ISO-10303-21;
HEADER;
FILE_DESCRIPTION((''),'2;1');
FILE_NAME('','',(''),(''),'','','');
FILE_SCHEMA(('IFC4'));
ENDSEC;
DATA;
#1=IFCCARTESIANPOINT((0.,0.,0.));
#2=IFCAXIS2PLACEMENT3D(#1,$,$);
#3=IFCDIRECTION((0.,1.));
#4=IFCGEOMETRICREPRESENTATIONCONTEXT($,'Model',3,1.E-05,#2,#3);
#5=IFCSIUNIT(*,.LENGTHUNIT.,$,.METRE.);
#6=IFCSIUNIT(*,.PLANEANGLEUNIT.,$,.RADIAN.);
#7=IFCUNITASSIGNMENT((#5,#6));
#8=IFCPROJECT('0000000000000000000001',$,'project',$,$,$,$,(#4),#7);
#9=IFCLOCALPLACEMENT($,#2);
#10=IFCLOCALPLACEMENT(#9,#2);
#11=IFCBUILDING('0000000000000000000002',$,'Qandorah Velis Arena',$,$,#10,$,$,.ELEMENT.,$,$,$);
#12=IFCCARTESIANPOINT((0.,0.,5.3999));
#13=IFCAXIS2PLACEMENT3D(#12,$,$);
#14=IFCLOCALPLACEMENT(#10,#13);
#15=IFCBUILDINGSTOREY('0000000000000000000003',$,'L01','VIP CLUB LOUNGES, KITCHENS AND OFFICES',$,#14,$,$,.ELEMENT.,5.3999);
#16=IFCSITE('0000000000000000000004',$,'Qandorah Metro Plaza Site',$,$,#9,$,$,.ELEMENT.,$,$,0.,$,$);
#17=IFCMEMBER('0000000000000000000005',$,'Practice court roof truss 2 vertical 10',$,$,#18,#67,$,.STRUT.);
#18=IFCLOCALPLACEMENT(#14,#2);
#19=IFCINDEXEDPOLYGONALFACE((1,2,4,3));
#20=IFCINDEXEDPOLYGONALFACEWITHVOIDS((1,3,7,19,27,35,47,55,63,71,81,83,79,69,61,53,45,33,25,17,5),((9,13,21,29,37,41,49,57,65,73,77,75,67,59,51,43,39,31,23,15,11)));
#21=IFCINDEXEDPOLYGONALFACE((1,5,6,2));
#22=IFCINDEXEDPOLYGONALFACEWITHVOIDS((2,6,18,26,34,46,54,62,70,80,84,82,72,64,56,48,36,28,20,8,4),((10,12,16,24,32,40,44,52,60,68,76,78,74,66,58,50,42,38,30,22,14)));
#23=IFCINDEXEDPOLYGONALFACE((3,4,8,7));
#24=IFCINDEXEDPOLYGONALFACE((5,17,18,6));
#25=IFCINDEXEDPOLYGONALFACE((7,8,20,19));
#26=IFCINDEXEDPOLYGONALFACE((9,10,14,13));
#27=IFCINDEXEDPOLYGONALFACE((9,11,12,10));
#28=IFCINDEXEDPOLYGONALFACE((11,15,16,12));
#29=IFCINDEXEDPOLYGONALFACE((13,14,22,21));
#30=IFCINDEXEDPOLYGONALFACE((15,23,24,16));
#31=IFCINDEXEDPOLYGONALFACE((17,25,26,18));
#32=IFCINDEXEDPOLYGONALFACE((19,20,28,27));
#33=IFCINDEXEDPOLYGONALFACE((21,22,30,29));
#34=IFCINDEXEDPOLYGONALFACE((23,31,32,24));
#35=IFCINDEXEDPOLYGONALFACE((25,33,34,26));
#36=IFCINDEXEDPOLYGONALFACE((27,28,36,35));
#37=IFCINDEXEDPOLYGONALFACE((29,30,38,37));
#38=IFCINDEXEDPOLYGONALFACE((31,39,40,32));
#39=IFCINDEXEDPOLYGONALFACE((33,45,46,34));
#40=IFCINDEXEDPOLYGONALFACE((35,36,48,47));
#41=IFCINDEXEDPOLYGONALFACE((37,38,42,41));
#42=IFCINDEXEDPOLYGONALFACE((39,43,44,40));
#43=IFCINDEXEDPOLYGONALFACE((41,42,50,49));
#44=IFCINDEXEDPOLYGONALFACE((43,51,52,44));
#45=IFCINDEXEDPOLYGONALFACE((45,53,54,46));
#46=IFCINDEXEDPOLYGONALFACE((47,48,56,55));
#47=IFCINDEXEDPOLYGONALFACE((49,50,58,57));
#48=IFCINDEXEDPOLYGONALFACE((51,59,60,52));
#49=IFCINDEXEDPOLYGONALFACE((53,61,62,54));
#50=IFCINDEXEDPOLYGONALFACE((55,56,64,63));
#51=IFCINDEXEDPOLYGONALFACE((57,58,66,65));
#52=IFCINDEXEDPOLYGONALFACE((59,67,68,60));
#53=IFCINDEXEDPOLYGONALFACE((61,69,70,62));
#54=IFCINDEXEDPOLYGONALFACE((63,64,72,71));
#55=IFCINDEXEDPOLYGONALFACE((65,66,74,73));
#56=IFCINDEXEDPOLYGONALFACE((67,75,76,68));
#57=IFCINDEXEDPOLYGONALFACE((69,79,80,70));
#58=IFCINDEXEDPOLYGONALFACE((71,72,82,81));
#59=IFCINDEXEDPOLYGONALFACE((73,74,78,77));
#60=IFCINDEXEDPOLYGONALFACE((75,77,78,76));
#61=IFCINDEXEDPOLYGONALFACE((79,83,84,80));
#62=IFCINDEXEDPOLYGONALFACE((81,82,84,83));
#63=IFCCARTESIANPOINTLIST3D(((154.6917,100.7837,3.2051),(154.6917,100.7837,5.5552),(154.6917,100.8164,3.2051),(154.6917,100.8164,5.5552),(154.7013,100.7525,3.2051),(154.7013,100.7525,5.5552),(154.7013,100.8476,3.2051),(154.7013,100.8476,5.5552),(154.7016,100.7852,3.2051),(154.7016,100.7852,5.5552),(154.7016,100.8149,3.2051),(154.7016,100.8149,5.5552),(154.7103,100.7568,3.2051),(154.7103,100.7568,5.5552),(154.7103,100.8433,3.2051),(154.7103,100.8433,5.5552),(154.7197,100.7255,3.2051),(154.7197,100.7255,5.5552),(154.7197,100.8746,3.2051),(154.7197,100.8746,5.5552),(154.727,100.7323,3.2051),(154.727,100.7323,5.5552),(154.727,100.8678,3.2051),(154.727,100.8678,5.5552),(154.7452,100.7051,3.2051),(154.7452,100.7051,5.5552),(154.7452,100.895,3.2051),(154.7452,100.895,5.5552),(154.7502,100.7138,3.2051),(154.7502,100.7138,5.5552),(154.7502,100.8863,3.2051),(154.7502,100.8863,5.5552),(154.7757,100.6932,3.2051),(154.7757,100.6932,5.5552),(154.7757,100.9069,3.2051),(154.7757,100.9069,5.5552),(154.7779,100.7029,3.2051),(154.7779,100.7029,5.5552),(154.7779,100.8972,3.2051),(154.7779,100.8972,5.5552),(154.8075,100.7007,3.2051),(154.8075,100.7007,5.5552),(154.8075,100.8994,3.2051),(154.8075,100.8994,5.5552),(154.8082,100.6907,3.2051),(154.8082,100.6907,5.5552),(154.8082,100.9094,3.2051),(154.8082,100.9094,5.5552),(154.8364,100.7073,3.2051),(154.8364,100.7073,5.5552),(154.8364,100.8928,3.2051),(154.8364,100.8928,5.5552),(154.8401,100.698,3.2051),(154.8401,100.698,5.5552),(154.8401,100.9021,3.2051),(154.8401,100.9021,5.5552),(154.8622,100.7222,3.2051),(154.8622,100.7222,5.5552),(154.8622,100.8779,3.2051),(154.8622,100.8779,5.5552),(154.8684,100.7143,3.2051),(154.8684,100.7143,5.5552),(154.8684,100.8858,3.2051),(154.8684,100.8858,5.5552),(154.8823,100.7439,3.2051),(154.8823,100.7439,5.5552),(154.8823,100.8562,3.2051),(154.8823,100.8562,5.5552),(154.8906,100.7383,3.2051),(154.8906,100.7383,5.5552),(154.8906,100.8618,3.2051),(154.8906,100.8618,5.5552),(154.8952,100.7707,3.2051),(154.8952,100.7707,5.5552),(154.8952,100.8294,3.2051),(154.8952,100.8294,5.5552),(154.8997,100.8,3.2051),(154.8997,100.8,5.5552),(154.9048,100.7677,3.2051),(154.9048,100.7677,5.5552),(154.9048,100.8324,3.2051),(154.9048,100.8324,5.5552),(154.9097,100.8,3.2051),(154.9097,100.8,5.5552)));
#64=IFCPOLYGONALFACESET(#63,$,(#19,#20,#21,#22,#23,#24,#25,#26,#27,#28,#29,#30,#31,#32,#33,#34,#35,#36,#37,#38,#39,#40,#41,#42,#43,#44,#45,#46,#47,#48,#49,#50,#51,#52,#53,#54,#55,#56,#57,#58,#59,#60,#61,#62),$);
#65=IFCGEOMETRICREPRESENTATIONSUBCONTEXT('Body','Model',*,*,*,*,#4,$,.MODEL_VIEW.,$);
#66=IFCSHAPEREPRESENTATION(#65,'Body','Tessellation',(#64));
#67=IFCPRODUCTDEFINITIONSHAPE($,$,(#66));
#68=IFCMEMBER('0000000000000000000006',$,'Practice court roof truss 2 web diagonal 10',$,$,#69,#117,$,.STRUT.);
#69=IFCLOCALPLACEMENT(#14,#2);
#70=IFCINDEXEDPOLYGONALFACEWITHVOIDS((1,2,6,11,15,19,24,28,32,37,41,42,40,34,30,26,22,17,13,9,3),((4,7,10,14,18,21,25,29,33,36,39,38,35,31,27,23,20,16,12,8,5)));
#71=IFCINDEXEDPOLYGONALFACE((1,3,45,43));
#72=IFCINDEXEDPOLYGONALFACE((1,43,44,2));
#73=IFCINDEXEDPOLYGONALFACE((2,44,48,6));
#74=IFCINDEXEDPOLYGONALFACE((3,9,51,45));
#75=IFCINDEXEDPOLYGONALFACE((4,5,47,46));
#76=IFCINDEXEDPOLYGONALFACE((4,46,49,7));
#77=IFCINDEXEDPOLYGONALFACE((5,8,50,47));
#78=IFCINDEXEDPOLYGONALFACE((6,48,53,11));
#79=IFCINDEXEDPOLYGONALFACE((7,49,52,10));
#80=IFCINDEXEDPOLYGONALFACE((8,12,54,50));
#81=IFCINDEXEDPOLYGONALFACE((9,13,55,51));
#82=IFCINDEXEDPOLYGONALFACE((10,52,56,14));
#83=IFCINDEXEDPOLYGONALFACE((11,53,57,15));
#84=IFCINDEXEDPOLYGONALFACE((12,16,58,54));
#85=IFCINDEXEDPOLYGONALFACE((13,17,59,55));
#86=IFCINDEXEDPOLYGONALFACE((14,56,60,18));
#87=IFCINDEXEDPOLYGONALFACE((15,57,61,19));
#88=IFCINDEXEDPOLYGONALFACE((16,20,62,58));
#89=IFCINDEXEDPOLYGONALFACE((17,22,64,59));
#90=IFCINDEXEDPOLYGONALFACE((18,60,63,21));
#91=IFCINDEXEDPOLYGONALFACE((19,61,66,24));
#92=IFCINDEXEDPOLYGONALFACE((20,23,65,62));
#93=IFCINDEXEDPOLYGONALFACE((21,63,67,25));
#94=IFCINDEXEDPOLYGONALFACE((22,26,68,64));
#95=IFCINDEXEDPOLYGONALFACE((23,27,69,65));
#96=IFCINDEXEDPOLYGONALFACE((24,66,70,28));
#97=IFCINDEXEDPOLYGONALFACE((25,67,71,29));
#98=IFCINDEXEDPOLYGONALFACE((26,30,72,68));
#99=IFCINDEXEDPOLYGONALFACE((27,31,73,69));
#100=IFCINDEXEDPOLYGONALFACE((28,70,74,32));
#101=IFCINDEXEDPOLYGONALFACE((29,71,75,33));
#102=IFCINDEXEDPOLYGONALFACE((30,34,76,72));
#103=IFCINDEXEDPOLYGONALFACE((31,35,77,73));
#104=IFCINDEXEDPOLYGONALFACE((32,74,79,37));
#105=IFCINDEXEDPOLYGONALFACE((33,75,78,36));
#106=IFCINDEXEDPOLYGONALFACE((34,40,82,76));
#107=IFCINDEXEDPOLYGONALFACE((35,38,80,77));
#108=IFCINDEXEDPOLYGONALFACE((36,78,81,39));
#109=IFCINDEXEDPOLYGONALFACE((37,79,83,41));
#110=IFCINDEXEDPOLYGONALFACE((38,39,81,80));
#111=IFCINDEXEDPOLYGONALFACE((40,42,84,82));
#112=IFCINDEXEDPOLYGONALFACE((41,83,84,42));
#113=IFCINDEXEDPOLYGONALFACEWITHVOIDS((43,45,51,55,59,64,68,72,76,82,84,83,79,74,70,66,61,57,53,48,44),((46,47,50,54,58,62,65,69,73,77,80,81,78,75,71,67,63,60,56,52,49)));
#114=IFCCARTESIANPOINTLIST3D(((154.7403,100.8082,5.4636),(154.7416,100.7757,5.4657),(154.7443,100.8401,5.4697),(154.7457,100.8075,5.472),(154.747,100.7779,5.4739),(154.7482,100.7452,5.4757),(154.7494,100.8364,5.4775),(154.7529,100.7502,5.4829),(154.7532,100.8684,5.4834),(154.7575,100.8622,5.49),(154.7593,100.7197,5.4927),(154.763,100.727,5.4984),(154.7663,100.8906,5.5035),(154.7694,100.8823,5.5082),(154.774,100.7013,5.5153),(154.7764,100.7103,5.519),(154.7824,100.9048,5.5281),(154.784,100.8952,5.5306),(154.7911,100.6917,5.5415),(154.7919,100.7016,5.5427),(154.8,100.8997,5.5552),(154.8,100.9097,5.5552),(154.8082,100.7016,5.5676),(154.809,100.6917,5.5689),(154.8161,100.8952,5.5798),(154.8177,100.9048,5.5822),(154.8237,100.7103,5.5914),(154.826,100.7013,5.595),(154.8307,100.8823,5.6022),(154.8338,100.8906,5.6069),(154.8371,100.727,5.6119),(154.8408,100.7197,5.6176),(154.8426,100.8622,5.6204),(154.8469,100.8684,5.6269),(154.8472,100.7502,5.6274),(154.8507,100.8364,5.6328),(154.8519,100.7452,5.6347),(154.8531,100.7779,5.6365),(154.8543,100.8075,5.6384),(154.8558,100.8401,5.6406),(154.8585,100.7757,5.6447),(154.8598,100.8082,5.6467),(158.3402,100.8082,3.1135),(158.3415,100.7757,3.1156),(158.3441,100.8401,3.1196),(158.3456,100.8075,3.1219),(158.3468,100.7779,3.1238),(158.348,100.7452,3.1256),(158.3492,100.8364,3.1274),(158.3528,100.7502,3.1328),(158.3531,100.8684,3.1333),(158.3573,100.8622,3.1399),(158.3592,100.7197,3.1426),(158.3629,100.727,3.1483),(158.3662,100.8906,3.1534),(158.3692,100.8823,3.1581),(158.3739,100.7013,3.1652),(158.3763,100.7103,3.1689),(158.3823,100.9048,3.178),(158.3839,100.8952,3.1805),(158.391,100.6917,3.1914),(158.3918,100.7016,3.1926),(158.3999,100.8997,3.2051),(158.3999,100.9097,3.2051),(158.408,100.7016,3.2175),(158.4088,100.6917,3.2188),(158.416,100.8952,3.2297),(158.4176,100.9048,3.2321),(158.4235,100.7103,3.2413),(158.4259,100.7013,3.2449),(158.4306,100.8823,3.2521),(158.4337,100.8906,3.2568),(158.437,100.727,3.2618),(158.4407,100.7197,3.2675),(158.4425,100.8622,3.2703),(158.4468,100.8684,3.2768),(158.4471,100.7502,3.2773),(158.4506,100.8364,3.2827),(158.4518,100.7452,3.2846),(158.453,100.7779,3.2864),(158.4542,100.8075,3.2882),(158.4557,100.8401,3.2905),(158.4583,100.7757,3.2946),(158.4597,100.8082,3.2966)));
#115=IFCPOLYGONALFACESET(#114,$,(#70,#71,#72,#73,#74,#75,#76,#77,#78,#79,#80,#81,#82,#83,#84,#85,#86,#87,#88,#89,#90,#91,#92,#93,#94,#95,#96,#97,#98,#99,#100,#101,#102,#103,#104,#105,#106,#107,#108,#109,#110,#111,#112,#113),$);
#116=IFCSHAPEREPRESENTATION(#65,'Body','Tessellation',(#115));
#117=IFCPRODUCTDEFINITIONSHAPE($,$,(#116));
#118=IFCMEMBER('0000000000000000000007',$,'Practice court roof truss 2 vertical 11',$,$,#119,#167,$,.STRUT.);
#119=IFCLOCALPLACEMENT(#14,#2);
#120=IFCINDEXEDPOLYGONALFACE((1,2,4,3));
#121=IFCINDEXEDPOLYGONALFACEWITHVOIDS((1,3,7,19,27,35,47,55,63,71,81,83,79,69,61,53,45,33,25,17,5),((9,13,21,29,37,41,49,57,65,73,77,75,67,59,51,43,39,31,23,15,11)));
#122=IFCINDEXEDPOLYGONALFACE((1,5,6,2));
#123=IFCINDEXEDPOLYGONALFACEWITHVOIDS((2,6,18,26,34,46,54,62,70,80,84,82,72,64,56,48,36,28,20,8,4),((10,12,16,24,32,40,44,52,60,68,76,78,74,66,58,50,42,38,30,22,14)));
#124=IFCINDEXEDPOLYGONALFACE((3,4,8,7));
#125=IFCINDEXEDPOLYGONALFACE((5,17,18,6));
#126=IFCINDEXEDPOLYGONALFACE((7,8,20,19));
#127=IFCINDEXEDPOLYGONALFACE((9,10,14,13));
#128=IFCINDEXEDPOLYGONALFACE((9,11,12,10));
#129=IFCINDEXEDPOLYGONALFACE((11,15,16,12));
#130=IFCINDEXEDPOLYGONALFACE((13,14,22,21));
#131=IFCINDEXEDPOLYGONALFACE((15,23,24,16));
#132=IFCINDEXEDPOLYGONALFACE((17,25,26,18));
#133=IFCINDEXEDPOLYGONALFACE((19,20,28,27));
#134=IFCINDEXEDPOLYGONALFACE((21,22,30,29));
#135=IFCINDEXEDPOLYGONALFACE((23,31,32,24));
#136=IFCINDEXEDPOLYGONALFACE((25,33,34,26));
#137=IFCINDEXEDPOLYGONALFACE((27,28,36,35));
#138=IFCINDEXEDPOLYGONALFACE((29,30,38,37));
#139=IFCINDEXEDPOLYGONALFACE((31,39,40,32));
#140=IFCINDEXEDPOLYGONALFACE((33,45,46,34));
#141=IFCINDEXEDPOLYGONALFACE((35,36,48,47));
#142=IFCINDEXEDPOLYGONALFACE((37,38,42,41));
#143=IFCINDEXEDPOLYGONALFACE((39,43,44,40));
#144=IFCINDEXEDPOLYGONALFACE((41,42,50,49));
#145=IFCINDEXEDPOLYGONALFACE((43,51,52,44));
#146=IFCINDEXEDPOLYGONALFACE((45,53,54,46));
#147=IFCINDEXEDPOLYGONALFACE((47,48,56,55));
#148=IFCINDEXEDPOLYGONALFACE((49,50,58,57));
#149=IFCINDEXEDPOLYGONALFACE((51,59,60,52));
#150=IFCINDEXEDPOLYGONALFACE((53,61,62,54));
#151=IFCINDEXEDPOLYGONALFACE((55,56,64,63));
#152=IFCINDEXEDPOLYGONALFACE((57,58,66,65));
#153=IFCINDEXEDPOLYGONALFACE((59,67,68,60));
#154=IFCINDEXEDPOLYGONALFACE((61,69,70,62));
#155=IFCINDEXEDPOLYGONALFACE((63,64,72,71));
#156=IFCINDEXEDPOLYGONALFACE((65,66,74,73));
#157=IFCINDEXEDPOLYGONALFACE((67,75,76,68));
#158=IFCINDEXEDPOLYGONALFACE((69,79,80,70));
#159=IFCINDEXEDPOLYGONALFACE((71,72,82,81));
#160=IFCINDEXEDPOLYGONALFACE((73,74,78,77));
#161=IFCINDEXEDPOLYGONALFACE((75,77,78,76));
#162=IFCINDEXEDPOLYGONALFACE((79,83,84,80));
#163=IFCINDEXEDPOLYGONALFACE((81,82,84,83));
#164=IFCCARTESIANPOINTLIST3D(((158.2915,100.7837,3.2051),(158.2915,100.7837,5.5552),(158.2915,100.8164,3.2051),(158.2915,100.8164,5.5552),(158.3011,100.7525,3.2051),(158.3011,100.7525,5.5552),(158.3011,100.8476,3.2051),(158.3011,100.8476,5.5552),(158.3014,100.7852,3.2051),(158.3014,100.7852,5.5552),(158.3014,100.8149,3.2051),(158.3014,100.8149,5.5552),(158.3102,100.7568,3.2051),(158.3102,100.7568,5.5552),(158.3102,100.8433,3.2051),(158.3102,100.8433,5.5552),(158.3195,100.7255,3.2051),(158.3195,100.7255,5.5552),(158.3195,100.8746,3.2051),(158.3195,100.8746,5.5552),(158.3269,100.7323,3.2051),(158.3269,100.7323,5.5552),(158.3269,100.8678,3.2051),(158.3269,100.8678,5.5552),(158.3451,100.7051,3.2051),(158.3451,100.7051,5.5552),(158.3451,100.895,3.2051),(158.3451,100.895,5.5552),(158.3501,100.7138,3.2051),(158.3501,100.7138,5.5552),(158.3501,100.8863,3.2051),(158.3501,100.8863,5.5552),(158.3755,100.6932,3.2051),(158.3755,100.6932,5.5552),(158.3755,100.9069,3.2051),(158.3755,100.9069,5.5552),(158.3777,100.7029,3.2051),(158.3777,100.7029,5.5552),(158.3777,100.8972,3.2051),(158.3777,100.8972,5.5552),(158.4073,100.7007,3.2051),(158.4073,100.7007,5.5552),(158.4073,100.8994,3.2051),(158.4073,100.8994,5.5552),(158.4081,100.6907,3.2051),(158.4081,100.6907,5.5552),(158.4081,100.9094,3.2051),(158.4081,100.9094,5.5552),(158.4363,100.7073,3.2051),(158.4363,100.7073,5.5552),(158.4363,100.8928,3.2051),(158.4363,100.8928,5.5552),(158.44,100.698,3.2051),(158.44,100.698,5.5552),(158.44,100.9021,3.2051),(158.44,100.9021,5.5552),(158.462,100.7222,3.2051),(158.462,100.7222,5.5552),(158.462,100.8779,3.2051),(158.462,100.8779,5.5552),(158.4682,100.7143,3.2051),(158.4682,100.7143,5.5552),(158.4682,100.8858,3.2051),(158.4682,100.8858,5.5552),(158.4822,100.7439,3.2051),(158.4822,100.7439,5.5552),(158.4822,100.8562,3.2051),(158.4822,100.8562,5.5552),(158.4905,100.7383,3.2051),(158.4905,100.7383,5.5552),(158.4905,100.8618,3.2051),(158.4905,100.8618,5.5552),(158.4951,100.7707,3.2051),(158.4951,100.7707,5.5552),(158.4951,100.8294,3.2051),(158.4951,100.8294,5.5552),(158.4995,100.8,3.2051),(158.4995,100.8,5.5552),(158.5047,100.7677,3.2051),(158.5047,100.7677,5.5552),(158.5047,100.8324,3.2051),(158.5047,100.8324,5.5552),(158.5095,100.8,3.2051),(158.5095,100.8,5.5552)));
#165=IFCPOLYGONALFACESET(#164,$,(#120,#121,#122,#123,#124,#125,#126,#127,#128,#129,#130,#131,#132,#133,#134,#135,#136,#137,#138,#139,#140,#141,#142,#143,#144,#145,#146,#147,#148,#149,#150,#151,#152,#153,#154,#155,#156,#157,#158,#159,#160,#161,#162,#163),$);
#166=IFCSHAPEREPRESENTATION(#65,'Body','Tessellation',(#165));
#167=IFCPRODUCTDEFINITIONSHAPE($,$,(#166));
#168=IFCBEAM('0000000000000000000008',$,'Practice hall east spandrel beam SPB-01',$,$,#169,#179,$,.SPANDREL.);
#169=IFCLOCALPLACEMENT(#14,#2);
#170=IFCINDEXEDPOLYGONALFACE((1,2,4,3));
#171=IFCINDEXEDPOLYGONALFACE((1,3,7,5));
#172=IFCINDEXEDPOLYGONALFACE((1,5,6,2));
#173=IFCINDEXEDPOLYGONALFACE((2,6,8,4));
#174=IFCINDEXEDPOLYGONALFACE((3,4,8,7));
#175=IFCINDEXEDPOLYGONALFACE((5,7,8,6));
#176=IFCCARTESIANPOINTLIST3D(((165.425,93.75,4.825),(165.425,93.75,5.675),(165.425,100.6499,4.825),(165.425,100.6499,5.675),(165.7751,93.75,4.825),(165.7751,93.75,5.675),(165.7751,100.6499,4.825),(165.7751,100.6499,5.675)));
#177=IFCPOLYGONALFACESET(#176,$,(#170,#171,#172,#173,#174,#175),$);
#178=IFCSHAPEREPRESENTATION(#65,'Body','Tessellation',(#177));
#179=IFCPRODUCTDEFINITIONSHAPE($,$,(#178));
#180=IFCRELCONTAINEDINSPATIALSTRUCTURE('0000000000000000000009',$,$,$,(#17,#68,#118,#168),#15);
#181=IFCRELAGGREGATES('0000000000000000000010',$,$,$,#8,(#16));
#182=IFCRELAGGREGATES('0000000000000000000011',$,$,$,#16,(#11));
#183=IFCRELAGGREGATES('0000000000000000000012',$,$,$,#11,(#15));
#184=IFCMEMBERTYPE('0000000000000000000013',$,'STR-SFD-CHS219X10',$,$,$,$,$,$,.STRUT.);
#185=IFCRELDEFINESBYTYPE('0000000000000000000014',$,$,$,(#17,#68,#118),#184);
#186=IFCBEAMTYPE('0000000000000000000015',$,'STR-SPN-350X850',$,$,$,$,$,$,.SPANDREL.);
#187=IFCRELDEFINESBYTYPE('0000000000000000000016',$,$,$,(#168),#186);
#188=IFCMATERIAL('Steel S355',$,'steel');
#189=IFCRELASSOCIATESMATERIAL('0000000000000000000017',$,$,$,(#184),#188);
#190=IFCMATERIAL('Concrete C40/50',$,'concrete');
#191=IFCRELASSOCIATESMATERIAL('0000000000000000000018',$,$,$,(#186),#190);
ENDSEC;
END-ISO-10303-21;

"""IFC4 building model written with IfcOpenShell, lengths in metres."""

from ifc_helpers import new_model, si_unit, direction, frame, origin, origin_2d, place, context, subcontext, project, spatial, rectangle, hollow_circle, extrude, material, material_profile, profile_set, type_object, element, save


model = new_model("IFC4")

# Units and contexts
model_context = context("Model", 3, precision=1e-05, world=origin(), true_north=direction((0.0, 1.0)))
body_context = subcontext(model_context, "Body", "Model", "MODEL_VIEW")
ifc_project = project(units=[si_unit("LENGTHUNIT", "METRE"), si_unit("PLANEANGLEUNIT", "RADIAN")], contexts=[model_context])

# Site, building, storey
site_placement = place(None, origin())
site = spatial("IfcSite", under=ifc_project, at=site_placement, Name="Qandorah Metro Plaza Site", CompositionType="ELEMENT", RefElevation=0.0)
building_placement = place(site_placement, origin())
building = spatial("IfcBuilding", under=site, at=building_placement, Name="Qandorah Velis Arena", CompositionType="ELEMENT")
storey_placement = place(building_placement, frame((0.0, 0.0, 5.3999)))
storey = spatial("IfcBuildingStorey", under=building, at=storey_placement, Name="L01", Description="VIP CLUB LOUNGES, KITCHENS AND OFFICES", CompositionType="ELEMENT", Elevation=5.3999)

# Shared definitions
ifc_material_1 = material(Name="Concrete C40/50", Category="concrete")

# Shared definitions
ifc_material_2 = material(Name="Steel S355", Category="steel")

# Members
ifc_material_profile_1 = material_profile(ifc_material_2, hollow_circle(Radius=0.1096, WallThickness=0.01, at=origin_2d()), Name="CHS 219.1x10")
ifc_profile_set_1 = profile_set([ifc_material_profile_1], Name="Steel S355")
member_type = type_object("IfcMemberType", Name="STR-SFD-CHS219X10", PredefinedType="STRUT", material=ifc_profile_set_1)
member_1_placement = place(storey_placement, frame((154.8, 100.8, 3.2051), z_axis=(0.0, 0.0, 1.0), x_axis=(1.0, 0.0, 0.0)))
element("IfcMember", 1, at=member_1_placement, inside=storey, type_object=member_type, Name="Practice court roof truss 2 vertical 10", PredefinedType="STRUT", context=body_context, shape_type="SweptSolid", body=[
    extrude(hollow_circle(Radius=0.1096, WallThickness=0.01, at=origin_2d()), origin(), (0.0, 0.0, 1.0), 2.3501),
])
member_2_placement = place(storey_placement, frame((154.8, 100.8, 5.5552), z_axis=(0.837359, 0.0, -0.546654), x_axis=(0.0, 1.0, 0.0)))
element("IfcMember", 2, at=member_2_placement, inside=storey, type_object=member_type, Name="Practice court roof truss 2 web diagonal 10", PredefinedType="STRUT", context=body_context, shape_type="SweptSolid", body=[
    extrude(hollow_circle(Radius=0.1096, WallThickness=0.01, at=origin_2d()), origin(), (0.0, 0.0, 1.0), 4.2991),
])
member_3_placement = place(storey_placement, frame((158.3999, 100.8, 3.2051), z_axis=(0.0, 0.0, 1.0), x_axis=(1.0, 0.0, 0.0)))
element("IfcMember", 3, at=member_3_placement, inside=storey, type_object=member_type, Name="Practice court roof truss 2 vertical 11", PredefinedType="STRUT", context=body_context, shape_type="SweptSolid", body=[
    extrude(hollow_circle(Radius=0.1096, WallThickness=0.01, at=origin_2d()), origin(), (0.0, 0.0, 1.0), 2.3501),
])

# Beam
ifc_material_profile_2 = material_profile(ifc_material_1, rectangle(XDim=0.3501, YDim=0.8501, at=origin_2d()), Name="RC SPANDREL 350x850")
ifc_profile_set_2 = profile_set([ifc_material_profile_2], Name="Concrete C40/50")
beam_type_1 = type_object("IfcBeamType", Name="STR-SPN-350X850", PredefinedType="SPANDREL", material=ifc_profile_set_2)
beam_1_placement = place(storey_placement, frame((165.6001, 93.75, 5.25), z_axis=(0.0, 1.0, 0.0), x_axis=(-1.0, 0.0, 0.0)))
element("IfcBeam", 4, at=beam_1_placement, inside=storey, type_object=beam_type_1, Name="Practice hall east spandrel beam SPB-01", PredefinedType="SPANDREL", context=body_context, shape_type="SweptSolid", body=[
    extrude(rectangle(XDim=0.3501, YDim=0.8501, at=origin_2d()), origin(), (0.0, 0.0, 1.0), 6.8999),
])

save(model, "model.ifc")
